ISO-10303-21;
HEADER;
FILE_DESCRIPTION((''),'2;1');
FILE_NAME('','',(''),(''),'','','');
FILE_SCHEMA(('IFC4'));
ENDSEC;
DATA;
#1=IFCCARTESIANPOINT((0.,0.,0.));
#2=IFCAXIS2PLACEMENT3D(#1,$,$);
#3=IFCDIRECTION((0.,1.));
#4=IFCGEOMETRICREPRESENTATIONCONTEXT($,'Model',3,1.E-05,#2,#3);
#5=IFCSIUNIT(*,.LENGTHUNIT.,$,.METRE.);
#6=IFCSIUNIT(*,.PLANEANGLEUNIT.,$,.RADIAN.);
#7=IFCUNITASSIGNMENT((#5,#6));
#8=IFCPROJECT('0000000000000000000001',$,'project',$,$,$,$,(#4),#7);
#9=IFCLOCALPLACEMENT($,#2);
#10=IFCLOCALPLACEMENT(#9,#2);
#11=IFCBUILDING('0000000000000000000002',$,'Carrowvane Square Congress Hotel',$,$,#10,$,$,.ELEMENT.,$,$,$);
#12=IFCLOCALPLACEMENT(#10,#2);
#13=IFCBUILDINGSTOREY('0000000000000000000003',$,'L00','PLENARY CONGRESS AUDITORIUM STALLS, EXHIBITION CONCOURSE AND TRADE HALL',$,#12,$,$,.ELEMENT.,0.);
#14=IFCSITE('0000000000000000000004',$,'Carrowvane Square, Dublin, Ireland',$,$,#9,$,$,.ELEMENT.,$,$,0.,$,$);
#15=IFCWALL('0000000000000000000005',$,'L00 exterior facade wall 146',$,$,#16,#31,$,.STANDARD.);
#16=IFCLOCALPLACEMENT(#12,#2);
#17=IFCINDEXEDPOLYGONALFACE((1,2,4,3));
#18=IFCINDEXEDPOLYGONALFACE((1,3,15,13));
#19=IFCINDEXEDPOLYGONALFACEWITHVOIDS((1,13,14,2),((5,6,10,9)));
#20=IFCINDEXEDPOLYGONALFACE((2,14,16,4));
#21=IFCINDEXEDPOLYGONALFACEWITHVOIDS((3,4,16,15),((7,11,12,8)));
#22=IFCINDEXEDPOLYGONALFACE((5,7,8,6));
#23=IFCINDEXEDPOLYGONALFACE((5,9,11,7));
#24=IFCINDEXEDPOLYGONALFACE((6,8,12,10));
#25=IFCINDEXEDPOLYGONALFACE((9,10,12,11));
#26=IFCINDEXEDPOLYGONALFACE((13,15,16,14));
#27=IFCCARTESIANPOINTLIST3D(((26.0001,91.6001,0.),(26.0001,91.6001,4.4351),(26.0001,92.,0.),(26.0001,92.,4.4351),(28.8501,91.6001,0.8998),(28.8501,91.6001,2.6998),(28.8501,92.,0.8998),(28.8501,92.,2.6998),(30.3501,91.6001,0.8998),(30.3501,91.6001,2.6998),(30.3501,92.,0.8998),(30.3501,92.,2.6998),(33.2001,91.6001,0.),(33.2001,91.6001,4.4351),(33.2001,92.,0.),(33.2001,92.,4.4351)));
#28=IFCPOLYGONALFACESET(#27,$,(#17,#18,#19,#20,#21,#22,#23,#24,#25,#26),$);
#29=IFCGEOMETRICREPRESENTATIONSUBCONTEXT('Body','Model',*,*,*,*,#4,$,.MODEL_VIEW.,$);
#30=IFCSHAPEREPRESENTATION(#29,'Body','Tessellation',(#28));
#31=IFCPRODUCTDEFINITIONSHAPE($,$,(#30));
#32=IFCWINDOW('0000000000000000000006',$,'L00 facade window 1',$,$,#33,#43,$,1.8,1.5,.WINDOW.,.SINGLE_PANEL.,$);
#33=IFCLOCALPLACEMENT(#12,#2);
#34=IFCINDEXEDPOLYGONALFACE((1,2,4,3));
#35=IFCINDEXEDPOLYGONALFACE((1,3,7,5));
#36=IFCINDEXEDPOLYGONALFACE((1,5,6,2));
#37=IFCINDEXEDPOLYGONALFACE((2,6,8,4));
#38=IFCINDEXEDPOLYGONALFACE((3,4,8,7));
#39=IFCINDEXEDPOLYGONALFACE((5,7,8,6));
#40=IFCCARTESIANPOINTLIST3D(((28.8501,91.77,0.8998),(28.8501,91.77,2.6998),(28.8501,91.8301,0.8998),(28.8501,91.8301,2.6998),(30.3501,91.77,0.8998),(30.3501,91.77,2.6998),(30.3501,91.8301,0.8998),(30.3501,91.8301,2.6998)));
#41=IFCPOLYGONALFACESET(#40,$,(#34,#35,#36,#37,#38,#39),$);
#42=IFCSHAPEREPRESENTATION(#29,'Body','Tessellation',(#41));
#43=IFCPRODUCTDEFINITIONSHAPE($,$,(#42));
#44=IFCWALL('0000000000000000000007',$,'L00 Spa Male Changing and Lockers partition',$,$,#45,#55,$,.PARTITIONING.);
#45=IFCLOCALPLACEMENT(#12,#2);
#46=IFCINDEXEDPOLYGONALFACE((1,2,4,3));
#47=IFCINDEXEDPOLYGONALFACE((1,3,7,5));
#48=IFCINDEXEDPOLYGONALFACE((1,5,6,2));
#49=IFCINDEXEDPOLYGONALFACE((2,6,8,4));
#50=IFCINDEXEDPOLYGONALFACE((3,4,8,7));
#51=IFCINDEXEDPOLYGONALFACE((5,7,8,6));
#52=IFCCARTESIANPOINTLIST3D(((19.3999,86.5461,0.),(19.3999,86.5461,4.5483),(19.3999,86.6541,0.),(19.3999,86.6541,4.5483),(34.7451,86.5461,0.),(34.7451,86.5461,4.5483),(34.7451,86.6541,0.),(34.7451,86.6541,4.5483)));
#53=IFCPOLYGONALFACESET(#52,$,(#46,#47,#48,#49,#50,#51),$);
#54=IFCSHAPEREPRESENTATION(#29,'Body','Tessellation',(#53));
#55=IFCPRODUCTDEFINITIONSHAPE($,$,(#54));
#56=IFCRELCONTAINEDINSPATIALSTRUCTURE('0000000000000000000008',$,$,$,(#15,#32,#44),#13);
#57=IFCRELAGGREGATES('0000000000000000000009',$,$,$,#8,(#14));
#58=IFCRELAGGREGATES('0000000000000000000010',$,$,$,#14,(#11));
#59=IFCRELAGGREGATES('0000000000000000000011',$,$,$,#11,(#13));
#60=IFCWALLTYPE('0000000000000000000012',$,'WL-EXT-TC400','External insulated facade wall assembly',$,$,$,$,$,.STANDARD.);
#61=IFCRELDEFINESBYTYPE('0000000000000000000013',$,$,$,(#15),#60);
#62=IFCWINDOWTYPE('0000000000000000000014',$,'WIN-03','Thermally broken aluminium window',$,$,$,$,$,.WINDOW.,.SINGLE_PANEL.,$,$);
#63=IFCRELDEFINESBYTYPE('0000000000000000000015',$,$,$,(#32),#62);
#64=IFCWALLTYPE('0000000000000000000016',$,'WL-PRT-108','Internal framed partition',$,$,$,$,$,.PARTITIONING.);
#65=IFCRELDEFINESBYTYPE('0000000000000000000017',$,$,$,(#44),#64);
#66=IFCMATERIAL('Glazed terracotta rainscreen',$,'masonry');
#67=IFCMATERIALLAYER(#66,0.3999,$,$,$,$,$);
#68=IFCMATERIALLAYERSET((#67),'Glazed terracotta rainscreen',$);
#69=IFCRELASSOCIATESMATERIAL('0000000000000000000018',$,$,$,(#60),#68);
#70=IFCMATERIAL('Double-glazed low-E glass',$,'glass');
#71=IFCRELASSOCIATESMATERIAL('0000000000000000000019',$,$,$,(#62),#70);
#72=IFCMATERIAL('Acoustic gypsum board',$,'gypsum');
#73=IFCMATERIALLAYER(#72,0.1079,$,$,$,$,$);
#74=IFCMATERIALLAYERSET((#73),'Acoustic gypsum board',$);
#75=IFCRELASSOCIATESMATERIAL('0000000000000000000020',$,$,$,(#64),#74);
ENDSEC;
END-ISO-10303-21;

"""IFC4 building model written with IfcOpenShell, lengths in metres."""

from ifc_helpers import new_model, si_unit, direction, frame, frame_2d, origin, place, context, subcontext, project, spatial, rectangle, extrude, material, layer, layer_set, type_object, element, fill, save


model = new_model("IFC4")

# Units and contexts
model_context = context("Model", 3, precision=1e-05, world=origin(), true_north=direction((0.0, 1.0)))
body_context = subcontext(model_context, "Body", "Model", "MODEL_VIEW")
ifc_project = project(units=[si_unit("LENGTHUNIT", "METRE"), si_unit("PLANEANGLEUNIT", "RADIAN")], contexts=[model_context])

# Site, building, storey
site_placement = place(None, origin())
site = spatial("IfcSite", under=ifc_project, at=site_placement, Name="Carrowvane Square, Dublin, Ireland", CompositionType="ELEMENT", RefElevation=0.0)
building_placement = place(site_placement, origin())
building = spatial("IfcBuilding", under=site, at=building_placement, Name="Carrowvane Square Congress Hotel", CompositionType="ELEMENT")
storey_placement = place(building_placement, origin())
storey = spatial("IfcBuildingStorey", under=building, at=storey_placement, Name="L00", Description="PLENARY CONGRESS AUDITORIUM STALLS, EXHIBITION CONCOURSE AND TRADE HALL", CompositionType="ELEMENT", Elevation=0.0)

# Shared definitions
ifc_material_1 = material(Name="Glazed terracotta rainscreen", Category="masonry")
ifc_layer_1 = layer(ifc_material_1, 0.3999)
ifc_layer_set_1 = layer_set([ifc_layer_1], Name="Glazed terracotta rainscreen")
wall_type_1 = type_object("IfcWallType", Name="WL-EXT-TC400", Description="External insulated facade wall assembly", PredefinedType="STANDARD", material=ifc_layer_set_1)

# Wall, opening, window
wall_1_placement = place(storey_placement, frame((26.0, 91.8, 0.0), z_axis=(0.0, 0.0, 1.0), x_axis=(1.0, 0.0, 0.0)))
wall_1 = element("IfcWall", 1, at=wall_1_placement, inside=storey, type_object=wall_type_1, Name="L00 exterior facade wall 146", PredefinedType="STANDARD", context=body_context, shape_type="SweptSolid", body=[
    extrude(rectangle(XDim=7.2, YDim=0.3999, at=frame_2d((3.6001, 0.0))), origin(), (0.0, 0.0, 1.0), 4.4351),
])
opening_1_placement = place(wall_1_placement, frame((2.8501, 0.0, 0.8999)))
opening_1 = element("IfcOpeningElement", 2, at=opening_1_placement, cuts=wall_1, PredefinedType="OPENING", context=body_context, shape_type="SweptSolid", body=[
    extrude(rectangle(XDim=1.5, YDim=1.8, at=frame_2d((0.75, 0.8999))), frame((0.0, 0.21, 0.0), z_axis=(0.0, -1.0, 0.0), x_axis=(1.0, 0.0, 0.0)), (0.0, 0.0, 1.0), 0.4199),
])
ifc_material_2 = material(Name="Double-glazed low-E glass", Category="glass")
window_type = type_object("IfcWindowType", Name="WIN-03", Description="Thermally broken aluminium window", PartitioningType="SINGLE_PANEL", PredefinedType="WINDOW", material=ifc_material_2)
window_placement = place(opening_1_placement, origin())
window = element("IfcWindow", 3, at=window_placement, inside=storey, type_object=window_type, Name="L00 facade window 1", OverallHeight=1.8, OverallWidth=1.5, PartitioningType="SINGLE_PANEL", PredefinedType="WINDOW", context=body_context, shape_type="SweptSolid", body=[
    extrude(rectangle(XDim=1.5, YDim=1.8, at=frame_2d((0.75, 0.8999))), frame((0.0, 0.03, 0.0), z_axis=(0.0, -1.0, 0.0), x_axis=(1.0, 0.0, 0.0)), (0.0, 0.0, 1.0), 0.0601),
])
fill(opening_1, window)

# Wall
ifc_material_3 = material(Name="Acoustic gypsum board", Category="gypsum")
ifc_layer_2 = layer(ifc_material_3, 0.1079)
ifc_layer_set_2 = layer_set([ifc_layer_2], Name="Acoustic gypsum board")
wall_type_2 = type_object("IfcWallType", Name="WL-PRT-108", Description="Internal framed partition", PredefinedType="PARTITIONING", material=ifc_layer_set_2)
wall_2_placement = place(storey_placement, frame((19.3999, 86.6001, 0.0), z_axis=(0.0, 0.0, 1.0), x_axis=(1.0, 0.0, 0.0)))
element("IfcWall", 4, at=wall_2_placement, inside=storey, type_object=wall_type_2, Name="L00 Spa Male Changing and Lockers partition", PredefinedType="PARTITIONING", context=body_context, shape_type="SweptSolid", body=[
    extrude(rectangle(XDim=15.3452, YDim=0.1079, at=frame_2d((7.6726, 0.0))), origin(), (0.0, 0.0, 1.0), 4.5483),
])

save(model, "model.ifc")
